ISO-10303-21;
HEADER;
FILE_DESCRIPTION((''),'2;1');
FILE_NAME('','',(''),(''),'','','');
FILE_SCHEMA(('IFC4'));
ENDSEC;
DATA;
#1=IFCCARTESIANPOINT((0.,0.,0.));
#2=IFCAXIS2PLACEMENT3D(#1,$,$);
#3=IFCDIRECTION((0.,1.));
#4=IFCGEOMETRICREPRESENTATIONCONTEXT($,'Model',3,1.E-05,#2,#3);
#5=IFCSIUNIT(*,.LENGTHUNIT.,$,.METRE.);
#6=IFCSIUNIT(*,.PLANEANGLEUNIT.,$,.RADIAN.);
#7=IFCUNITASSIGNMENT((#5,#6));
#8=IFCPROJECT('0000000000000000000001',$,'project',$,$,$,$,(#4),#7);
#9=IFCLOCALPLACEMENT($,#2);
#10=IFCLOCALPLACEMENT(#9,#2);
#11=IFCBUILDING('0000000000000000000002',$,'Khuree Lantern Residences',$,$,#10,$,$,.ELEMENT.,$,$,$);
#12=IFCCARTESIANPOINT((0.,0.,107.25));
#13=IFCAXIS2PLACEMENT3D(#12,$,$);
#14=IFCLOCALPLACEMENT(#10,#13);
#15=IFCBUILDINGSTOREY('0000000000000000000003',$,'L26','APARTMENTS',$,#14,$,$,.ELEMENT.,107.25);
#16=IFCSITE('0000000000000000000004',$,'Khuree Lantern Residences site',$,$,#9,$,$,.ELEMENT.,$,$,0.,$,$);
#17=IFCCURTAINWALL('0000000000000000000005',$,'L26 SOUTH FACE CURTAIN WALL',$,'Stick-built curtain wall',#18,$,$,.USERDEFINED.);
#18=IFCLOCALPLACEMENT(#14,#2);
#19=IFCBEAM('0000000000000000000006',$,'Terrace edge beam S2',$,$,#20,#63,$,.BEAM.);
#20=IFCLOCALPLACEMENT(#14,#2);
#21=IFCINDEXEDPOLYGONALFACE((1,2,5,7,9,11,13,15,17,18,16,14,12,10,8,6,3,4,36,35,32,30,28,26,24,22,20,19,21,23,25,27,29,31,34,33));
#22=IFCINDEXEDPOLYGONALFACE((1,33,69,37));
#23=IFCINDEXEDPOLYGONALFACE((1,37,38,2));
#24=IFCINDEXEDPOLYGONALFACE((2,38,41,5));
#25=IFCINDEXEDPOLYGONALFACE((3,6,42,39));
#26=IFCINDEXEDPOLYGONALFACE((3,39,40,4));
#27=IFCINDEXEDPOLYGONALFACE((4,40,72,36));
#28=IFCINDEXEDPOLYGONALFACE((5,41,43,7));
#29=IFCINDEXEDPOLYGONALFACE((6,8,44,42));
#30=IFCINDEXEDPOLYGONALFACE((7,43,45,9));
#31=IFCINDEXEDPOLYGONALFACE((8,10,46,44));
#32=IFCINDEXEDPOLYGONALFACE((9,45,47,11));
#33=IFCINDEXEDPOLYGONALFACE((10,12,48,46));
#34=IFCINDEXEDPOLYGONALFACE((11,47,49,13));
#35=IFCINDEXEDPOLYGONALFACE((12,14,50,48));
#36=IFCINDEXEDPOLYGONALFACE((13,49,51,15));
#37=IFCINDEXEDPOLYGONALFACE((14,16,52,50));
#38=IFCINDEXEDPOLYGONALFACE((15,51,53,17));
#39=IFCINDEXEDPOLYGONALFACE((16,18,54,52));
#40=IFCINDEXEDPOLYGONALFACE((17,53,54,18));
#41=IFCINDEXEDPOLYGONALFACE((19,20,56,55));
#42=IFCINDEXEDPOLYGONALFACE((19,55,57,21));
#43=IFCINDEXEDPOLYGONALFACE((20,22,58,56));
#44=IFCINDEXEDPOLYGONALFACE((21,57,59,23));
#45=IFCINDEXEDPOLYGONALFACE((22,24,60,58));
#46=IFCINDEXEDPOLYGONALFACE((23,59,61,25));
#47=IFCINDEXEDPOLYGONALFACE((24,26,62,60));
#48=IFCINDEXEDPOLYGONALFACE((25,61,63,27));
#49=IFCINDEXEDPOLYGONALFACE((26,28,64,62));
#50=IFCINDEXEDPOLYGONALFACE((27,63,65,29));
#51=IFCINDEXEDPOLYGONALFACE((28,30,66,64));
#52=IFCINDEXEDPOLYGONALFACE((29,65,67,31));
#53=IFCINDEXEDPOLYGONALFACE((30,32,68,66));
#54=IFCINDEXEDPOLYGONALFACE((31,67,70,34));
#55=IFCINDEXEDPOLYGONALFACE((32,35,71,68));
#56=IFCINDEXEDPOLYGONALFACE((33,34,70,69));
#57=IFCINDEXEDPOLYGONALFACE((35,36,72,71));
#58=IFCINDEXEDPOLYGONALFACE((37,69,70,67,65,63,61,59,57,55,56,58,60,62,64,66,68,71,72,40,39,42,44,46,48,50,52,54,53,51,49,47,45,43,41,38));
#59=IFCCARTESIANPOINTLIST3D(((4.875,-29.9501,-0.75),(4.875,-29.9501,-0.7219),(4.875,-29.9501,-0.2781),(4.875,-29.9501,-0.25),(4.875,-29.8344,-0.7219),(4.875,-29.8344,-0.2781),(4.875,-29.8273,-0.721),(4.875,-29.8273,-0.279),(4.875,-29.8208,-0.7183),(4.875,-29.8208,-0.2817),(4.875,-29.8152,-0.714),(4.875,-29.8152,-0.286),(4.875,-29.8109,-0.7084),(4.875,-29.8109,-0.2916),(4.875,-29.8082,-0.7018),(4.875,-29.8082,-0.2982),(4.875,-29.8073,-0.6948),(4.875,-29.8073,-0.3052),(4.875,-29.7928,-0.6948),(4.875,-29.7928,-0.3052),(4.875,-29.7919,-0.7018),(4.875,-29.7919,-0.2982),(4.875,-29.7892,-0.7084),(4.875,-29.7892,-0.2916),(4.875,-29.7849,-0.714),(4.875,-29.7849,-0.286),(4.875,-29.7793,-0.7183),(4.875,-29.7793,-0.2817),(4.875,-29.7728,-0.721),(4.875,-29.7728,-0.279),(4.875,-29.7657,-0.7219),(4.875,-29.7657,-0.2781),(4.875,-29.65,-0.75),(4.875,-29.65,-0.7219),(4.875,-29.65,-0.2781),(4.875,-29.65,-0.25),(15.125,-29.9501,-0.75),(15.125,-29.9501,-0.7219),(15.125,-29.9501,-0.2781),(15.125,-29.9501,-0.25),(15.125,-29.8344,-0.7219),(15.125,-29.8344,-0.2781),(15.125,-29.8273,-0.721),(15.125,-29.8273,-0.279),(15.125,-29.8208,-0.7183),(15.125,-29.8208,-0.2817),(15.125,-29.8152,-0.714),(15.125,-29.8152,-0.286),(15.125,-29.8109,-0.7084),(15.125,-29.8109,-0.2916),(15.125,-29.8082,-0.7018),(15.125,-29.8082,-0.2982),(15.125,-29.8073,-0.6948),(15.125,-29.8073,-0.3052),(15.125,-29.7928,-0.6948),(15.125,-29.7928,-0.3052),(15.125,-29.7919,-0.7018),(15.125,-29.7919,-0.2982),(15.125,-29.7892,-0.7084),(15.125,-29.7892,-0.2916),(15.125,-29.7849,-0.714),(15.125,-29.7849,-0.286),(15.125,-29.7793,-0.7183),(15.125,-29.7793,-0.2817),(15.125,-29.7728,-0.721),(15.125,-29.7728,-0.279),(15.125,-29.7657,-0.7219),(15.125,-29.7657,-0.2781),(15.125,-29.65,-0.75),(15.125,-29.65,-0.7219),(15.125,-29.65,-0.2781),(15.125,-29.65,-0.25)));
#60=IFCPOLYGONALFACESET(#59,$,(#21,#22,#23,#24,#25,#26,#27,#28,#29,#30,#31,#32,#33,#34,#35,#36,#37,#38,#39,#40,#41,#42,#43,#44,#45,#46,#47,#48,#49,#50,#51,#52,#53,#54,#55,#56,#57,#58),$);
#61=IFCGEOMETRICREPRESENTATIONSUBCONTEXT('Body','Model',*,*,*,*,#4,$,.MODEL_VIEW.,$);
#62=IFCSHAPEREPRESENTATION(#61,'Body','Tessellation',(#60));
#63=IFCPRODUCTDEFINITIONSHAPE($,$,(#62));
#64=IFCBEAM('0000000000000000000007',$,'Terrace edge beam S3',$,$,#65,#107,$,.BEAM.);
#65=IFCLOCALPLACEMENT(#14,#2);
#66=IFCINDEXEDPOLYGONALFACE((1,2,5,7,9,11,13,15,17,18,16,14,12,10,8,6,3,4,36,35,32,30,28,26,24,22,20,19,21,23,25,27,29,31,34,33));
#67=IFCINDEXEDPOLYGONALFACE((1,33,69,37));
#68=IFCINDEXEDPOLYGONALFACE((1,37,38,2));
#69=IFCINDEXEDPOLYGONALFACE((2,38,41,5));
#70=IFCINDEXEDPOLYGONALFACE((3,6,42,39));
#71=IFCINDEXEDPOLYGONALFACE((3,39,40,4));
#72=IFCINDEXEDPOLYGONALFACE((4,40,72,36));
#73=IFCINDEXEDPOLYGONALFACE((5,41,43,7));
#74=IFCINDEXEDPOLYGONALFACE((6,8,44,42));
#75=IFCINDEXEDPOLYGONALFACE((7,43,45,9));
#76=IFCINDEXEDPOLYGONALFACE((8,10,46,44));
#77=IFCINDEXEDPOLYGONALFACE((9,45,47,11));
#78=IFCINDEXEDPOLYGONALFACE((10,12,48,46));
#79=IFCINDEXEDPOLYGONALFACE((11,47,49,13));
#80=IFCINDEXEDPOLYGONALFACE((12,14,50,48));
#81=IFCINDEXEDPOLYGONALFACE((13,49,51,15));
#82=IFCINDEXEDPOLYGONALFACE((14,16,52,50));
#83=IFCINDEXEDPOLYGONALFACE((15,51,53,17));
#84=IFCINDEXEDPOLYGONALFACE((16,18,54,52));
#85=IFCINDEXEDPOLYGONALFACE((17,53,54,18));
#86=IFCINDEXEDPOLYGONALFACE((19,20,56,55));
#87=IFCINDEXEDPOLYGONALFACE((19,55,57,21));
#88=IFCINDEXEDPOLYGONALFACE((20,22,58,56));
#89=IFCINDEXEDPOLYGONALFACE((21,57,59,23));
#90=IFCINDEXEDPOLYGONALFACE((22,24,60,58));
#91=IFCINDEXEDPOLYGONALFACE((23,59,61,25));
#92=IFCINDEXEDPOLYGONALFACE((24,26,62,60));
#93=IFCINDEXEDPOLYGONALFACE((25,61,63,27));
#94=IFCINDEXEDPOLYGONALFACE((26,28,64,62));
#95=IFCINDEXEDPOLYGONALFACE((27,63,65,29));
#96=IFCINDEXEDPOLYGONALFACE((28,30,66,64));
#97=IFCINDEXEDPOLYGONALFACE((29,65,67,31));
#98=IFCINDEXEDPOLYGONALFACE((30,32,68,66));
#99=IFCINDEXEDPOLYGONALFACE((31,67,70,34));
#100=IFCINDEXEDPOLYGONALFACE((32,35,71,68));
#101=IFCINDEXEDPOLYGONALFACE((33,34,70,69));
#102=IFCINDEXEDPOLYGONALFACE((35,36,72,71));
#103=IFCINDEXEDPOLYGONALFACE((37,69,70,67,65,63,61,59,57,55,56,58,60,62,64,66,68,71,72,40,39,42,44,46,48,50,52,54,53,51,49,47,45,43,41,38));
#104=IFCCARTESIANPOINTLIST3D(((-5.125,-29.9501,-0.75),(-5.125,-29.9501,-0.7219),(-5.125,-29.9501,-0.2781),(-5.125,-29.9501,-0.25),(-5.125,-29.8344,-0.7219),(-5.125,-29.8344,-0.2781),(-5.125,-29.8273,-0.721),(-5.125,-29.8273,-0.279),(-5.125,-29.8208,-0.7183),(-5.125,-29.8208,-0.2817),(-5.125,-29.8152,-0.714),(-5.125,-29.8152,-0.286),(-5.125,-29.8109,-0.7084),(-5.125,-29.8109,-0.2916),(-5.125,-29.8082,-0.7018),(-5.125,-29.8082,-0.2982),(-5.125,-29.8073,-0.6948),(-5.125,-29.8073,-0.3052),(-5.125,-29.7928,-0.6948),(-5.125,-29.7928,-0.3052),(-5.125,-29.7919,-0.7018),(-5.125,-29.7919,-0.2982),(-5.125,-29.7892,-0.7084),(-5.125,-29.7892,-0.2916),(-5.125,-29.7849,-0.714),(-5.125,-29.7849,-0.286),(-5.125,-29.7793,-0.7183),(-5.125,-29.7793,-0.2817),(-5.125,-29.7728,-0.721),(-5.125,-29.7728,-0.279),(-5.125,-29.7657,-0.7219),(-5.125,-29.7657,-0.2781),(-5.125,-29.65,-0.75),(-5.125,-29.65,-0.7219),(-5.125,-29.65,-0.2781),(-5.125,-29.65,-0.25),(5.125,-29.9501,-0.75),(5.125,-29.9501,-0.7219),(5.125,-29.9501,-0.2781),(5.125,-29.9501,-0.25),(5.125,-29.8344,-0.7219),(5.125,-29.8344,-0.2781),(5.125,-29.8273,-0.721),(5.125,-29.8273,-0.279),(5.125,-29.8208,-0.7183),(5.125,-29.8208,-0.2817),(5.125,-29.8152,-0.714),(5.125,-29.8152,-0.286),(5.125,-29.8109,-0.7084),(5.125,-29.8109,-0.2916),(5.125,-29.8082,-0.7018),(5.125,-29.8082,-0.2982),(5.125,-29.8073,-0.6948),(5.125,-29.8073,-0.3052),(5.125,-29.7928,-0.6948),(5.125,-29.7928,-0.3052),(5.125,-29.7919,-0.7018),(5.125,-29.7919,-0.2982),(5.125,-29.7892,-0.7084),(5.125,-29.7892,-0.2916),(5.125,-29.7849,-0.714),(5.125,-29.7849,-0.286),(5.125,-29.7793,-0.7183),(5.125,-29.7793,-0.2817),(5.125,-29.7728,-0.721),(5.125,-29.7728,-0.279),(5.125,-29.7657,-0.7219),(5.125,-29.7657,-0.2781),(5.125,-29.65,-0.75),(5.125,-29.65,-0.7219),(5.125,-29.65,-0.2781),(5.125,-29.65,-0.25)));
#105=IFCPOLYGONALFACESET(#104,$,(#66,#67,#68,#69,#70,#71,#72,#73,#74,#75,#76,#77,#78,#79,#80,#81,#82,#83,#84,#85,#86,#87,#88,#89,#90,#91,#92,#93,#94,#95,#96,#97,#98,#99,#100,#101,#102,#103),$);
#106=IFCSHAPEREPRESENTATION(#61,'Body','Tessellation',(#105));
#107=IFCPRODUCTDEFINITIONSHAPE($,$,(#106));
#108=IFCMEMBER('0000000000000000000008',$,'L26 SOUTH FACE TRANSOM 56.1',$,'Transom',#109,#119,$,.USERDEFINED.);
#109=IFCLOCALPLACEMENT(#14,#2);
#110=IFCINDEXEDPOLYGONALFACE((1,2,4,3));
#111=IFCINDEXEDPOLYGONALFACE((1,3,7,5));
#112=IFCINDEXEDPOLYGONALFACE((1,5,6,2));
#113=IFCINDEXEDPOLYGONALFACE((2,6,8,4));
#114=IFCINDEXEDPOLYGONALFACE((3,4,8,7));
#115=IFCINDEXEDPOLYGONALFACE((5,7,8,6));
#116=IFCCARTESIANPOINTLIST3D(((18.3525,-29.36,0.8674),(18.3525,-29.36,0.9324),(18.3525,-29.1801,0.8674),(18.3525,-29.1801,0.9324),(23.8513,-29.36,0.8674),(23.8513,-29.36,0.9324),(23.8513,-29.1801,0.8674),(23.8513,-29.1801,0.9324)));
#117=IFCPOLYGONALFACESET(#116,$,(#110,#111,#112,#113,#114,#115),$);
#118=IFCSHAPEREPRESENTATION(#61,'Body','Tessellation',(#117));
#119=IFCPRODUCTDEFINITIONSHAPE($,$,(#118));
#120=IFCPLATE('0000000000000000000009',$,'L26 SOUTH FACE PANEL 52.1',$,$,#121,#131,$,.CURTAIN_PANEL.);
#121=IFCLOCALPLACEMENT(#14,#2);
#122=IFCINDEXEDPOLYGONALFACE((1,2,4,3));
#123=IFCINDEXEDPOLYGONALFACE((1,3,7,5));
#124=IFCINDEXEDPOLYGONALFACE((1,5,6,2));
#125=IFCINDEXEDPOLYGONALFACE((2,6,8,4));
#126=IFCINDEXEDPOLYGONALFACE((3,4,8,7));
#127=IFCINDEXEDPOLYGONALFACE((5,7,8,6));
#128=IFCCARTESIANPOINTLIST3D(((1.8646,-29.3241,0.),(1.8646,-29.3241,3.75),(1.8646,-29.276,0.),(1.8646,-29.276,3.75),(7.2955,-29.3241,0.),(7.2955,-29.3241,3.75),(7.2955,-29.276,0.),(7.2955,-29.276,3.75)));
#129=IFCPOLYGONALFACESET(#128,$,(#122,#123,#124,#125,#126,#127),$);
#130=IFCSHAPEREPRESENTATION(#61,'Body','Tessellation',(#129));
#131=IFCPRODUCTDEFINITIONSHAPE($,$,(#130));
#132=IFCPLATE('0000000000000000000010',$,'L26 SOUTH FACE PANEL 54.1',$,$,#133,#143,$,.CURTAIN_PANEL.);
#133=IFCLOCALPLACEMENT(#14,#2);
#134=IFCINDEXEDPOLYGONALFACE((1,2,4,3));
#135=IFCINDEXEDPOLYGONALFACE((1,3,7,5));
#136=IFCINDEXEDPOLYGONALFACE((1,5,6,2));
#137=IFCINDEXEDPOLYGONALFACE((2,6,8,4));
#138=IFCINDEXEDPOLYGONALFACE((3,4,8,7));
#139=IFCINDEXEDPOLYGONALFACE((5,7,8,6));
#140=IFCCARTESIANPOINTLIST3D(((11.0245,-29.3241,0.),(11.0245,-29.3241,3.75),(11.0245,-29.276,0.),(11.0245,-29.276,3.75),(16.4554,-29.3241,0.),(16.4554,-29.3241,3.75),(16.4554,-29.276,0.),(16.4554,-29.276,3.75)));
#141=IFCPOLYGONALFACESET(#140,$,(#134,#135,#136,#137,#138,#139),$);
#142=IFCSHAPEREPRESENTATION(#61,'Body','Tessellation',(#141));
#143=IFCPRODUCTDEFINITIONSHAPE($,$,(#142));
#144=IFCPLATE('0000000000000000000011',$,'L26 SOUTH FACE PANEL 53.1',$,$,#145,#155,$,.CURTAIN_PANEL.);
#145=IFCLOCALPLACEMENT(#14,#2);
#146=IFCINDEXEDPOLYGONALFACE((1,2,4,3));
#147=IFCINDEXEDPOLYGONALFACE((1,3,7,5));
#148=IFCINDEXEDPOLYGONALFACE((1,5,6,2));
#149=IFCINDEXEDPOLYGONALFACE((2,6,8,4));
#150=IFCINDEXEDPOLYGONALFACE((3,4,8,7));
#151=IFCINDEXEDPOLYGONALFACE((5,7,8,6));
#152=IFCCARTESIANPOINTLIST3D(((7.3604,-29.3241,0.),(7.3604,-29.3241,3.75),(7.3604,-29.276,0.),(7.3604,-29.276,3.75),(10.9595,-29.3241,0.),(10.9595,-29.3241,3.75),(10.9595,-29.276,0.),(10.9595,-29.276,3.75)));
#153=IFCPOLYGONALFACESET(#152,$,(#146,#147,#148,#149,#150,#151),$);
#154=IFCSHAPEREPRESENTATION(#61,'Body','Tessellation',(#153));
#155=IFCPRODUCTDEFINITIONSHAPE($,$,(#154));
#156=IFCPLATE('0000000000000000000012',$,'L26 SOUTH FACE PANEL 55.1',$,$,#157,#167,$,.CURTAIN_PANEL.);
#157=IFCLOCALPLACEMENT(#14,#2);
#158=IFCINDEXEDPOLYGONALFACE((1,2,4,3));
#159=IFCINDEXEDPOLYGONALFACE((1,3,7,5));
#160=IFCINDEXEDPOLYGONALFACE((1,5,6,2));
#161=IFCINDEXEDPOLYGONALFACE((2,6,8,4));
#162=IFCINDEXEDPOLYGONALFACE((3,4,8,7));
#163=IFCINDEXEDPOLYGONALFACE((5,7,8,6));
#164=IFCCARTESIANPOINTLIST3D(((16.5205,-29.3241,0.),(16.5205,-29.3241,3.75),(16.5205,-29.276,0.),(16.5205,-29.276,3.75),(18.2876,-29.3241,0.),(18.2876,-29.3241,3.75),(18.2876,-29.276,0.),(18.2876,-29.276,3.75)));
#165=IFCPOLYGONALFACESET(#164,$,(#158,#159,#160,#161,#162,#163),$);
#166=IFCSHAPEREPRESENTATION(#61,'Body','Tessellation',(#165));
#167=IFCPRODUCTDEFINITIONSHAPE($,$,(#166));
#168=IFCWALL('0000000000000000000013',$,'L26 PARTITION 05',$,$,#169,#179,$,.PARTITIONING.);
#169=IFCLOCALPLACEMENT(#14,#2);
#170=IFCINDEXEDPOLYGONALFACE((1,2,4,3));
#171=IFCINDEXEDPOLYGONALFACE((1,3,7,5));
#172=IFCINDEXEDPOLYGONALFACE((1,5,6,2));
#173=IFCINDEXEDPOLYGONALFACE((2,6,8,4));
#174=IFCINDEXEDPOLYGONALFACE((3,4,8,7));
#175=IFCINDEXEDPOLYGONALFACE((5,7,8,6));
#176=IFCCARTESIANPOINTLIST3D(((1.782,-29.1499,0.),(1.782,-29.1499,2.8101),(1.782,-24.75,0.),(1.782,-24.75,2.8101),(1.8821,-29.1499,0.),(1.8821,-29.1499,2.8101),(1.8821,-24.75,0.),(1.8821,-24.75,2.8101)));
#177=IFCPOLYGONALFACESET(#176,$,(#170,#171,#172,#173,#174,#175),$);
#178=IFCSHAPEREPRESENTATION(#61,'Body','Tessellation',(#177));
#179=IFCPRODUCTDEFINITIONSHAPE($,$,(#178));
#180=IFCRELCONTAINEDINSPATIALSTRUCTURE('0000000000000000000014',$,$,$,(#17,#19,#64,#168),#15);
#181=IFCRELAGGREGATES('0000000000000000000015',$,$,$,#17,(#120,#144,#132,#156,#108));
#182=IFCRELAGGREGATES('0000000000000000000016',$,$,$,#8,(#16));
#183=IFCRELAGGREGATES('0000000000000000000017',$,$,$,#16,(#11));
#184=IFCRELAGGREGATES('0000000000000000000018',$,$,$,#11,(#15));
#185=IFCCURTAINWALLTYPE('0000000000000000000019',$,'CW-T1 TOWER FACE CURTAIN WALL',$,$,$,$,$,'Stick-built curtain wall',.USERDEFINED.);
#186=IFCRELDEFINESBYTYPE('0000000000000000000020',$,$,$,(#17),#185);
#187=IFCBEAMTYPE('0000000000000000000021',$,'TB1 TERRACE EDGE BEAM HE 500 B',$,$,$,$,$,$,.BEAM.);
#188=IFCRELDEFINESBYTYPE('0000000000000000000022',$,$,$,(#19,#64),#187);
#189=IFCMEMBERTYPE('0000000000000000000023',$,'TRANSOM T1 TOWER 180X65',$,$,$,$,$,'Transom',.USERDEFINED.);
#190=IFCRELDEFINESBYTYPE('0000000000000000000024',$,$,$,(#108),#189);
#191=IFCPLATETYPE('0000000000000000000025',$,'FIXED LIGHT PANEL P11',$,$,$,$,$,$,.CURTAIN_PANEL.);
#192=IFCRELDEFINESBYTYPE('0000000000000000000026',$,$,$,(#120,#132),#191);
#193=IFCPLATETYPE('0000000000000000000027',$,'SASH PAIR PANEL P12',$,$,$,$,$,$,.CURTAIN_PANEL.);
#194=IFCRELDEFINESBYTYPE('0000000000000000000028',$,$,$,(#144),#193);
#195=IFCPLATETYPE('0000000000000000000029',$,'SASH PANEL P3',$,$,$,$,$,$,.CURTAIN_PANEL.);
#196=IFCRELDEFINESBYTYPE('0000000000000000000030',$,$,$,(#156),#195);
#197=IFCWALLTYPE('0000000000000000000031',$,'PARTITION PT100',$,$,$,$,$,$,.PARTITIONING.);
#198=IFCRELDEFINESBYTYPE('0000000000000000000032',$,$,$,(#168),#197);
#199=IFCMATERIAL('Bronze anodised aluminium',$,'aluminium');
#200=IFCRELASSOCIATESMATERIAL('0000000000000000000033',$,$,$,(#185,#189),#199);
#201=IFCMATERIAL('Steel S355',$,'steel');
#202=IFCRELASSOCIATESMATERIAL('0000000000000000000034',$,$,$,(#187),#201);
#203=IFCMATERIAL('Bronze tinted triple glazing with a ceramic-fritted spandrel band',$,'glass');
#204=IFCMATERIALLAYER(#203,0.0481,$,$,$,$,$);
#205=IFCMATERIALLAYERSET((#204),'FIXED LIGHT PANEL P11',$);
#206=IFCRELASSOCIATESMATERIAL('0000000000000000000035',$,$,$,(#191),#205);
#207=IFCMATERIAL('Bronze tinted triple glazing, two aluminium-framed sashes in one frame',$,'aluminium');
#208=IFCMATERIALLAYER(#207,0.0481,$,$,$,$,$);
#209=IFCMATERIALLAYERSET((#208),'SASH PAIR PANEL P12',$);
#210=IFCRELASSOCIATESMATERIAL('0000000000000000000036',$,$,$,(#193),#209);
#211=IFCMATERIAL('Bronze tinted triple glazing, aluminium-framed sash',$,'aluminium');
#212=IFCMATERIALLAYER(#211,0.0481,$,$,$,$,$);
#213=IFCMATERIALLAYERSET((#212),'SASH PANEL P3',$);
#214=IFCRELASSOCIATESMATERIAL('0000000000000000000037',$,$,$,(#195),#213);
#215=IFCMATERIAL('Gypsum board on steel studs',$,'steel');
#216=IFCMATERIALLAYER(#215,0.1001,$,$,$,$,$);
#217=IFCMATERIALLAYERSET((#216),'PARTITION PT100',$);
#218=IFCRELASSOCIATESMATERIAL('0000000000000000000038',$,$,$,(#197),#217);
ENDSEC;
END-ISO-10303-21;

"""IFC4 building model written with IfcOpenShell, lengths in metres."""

from ifc_helpers import new_model, si_unit, direction, frame, frame_2d, origin, origin_2d, place, context, subcontext, project, spatial, rectangle, i_section, extrude, material, layer, layer_set, material_profile, profile_set, type_object, element, aggregate, save


model = new_model("IFC4")

# Units and contexts
model_context = context("Model", 3, precision=1e-05, world=origin(), true_north=direction((0.0, 1.0)))
body_context = subcontext(model_context, "Body", "Model", "MODEL_VIEW")
ifc_project = project(units=[si_unit("LENGTHUNIT", "METRE"), si_unit("PLANEANGLEUNIT", "RADIAN")], contexts=[model_context])

# Site, building, storey
site_placement = place(None, origin())
site = spatial("IfcSite", under=ifc_project, at=site_placement, Name="Khuree Lantern Residences site", CompositionType="ELEMENT", RefElevation=0.0)
building_placement = place(site_placement, origin())
building = spatial("IfcBuilding", under=site, at=building_placement, Name="Khuree Lantern Residences", CompositionType="ELEMENT")
storey_placement = place(building_placement, frame((0.0, 0.0, 107.25)))
storey = spatial("IfcBuildingStorey", under=building, at=storey_placement, Name="L26", Description="APARTMENTS", CompositionType="ELEMENT", Elevation=107.25)

# Shared definitions
ifc_material_1 = material(Name="Steel S355", Category="steel")

# Curtain wall
ifc_material_2 = material(Name="Bronze anodised aluminium", Category="aluminium")
curtain_wall_type = type_object("IfcCurtainWallType", Name="CW-T1 TOWER FACE CURTAIN WALL", ElementType="Stick-built curtain wall", PredefinedType="USERDEFINED", material=ifc_material_2)
curtain_wall_placement = place(storey_placement, origin())
curtain_wall = element("IfcCurtainWall", 1, at=curtain_wall_placement, inside=storey, type_object=curtain_wall_type, Name="L26 SOUTH FACE CURTAIN WALL", ObjectType="Stick-built curtain wall", PredefinedType="USERDEFINED")

# Beams
ifc_material_profile_1 = material_profile(ifc_material_1, i_section(OverallWidth=0.3, OverallDepth=0.5, WebThickness=0.0144, FlangeThickness=0.0281, FilletRadius=0.0271, at=origin_2d()), Name="HE 500 B")
ifc_profile_set_1 = profile_set([ifc_material_profile_1], Name="Steel S355")
beam_type_1 = type_object("IfcBeamType", Name="TB1 TERRACE EDGE BEAM HE 500 B", PredefinedType="BEAM", material=ifc_profile_set_1)
for number, where, z_axis, x_axis, name in (
    (2, (15.125, -29.8, -0.5), (-1.0, 0.0, 0.0), (0.0, -1.0, 0.0), "Terrace edge beam S2"),
    (3, (5.125, -29.8, -0.5), (-1.0, 0.0, 0.0), (0.0, -1.0, 0.0), "Terrace edge beam S3"),
):
    element("IfcBeam", number, at=place(storey_placement, frame(where, z_axis=z_axis, x_axis=x_axis)), inside=storey, type_object=beam_type_1, Name=name, PredefinedType="BEAM", context=body_context, shape_type="SweptSolid", body=[
        extrude(i_section(OverallWidth=0.3, OverallDepth=0.5, WebThickness=0.0144, FlangeThickness=0.0281, FilletRadius=0.0271, at=origin_2d()), origin(), (0.0, 0.0, 1.0), 10.25),
    ])

# Member
ifc_material_profile_2 = material_profile(ifc_material_2, rectangle(XDim=0.1799, YDim=0.0649, at=origin_2d()), Name="T1 180X65")
ifc_profile_set_2 = profile_set([ifc_material_profile_2], Name="Bronze anodised aluminium")
member_type_1 = type_object("IfcMemberType", Name="TRANSOM T1 TOWER 180X65", ElementType="Transom", PredefinedType="USERDEFINED", material=ifc_profile_set_2)
member_1_placement = place(storey_placement, frame((18.3525, -29.27, 0.8999), z_axis=(1.0, 0.0, 0.0), x_axis=(0.0, 1.0, 0.0)))
member_1 = element("IfcMember", 4, at=member_1_placement, type_object=member_type_1, Name="L26 SOUTH FACE TRANSOM 56.1", ObjectType="Transom", PredefinedType="USERDEFINED", context=body_context, shape_type="SweptSolid", body=[
    extrude(rectangle(XDim=0.1799, YDim=0.0649, at=origin_2d()), origin(), (0.0, 0.0, 1.0), 5.4988),
])

# Plates
ifc_material_3 = material(Name="Bronze tinted triple glazing with a ceramic-fritted spandrel band", Category="glass")
ifc_layer_1 = layer(ifc_material_3, 0.0481)
ifc_layer_set_1 = layer_set([ifc_layer_1], Name="FIXED LIGHT PANEL P11")
plate_type_1 = type_object("IfcPlateType", Name="FIXED LIGHT PANEL P11", PredefinedType="CURTAIN_PANEL", material=ifc_layer_set_1)
plate_1_placement = place(storey_placement, frame((4.5801, -29.3, 0.0), z_axis=(0.0, 0.0, 1.0), x_axis=(1.0, 0.0, 0.0)))
plate_1 = element("IfcPlate", 5, at=plate_1_placement, type_object=plate_type_1, Name="L26 SOUTH FACE PANEL 52.1", PredefinedType="CURTAIN_PANEL", context=body_context, shape_type="SweptSolid", body=[
    extrude(rectangle(XDim=5.4309, YDim=0.0481, at=origin_2d()), origin(), (0.0, 0.0, 1.0), 3.75),
])
plate_2_placement = place(storey_placement, frame((13.74, -29.3, 0.0), z_axis=(0.0, 0.0, 1.0), x_axis=(1.0, 0.0, 0.0)))
plate_2 = element("IfcPlate", 6, at=plate_2_placement, type_object=plate_type_1, Name="L26 SOUTH FACE PANEL 54.1", PredefinedType="CURTAIN_PANEL", context=body_context, shape_type="SweptSolid", body=[
    extrude(rectangle(XDim=5.4309, YDim=0.0481, at=origin_2d()), origin(), (0.0, 0.0, 1.0), 3.75),
])
ifc_material_4 = material(Name="Bronze tinted triple glazing, two aluminium-framed sashes in one frame", Category="aluminium")
ifc_layer_2 = layer(ifc_material_4, 0.0481)
ifc_layer_set_2 = layer_set([ifc_layer_2], Name="SASH PAIR PANEL P12")
plate_type_2 = type_object("IfcPlateType", Name="SASH PAIR PANEL P12", PredefinedType="CURTAIN_PANEL", material=ifc_layer_set_2)
plate_3_placement = place(storey_placement, frame((9.1599, -29.3, 0.0), z_axis=(0.0, 0.0, 1.0), x_axis=(1.0, 0.0, 0.0)))
plate_3 = element("IfcPlate", 7, at=plate_3_placement, type_object=plate_type_2, Name="L26 SOUTH FACE PANEL 53.1", PredefinedType="CURTAIN_PANEL", context=body_context, shape_type="SweptSolid", body=[
    extrude(rectangle(XDim=3.5991, YDim=0.0481, at=origin_2d()), origin(), (0.0, 0.0, 1.0), 3.75),
])
ifc_material_5 = material(Name="Bronze tinted triple glazing, aluminium-framed sash", Category="aluminium")
ifc_layer_3 = layer(ifc_material_5, 0.0481)
ifc_layer_set_3 = layer_set([ifc_layer_3], Name="SASH PANEL P3")
plate_type_3 = type_object("IfcPlateType", Name="SASH PANEL P3", PredefinedType="CURTAIN_PANEL", material=ifc_layer_set_3)
plate_4_placement = place(storey_placement, frame((17.4041, -29.3, 0.0), z_axis=(0.0, 0.0, 1.0), x_axis=(1.0, 0.0, 0.0)))
plate_4 = element("IfcPlate", 8, at=plate_4_placement, type_object=plate_type_3, Name="L26 SOUTH FACE PANEL 55.1", PredefinedType="CURTAIN_PANEL", context=body_context, shape_type="SweptSolid", body=[
    extrude(rectangle(XDim=1.7671, YDim=0.0481, at=origin_2d()), origin(), (0.0, 0.0, 1.0), 3.75),
])
aggregate(curtain_wall, [plate_1, plate_3, plate_2, plate_4, member_1])

# Wall
ifc_material_6 = material(Name="Gypsum board on steel studs", Category="steel")
ifc_layer_4 = layer(ifc_material_6, 0.1001)
ifc_layer_set_4 = layer_set([ifc_layer_4], Name="PARTITION PT100")
wall_type = type_object("IfcWallType", Name="PARTITION PT100", PredefinedType="PARTITIONING", material=ifc_layer_set_4)
wall_1_placement = place(storey_placement, frame((1.832, -24.75, 0.0), z_axis=(0.0, 0.0, 1.0), x_axis=(0.0, -1.0, 0.0)))
element("IfcWall", 9, at=wall_1_placement, inside=storey, type_object=wall_type, Name="L26 PARTITION 05", PredefinedType="PARTITIONING", context=body_context, shape_type="SweptSolid", body=[
    extrude(rectangle(XDim=4.3999, YDim=0.1001, at=frame_2d((2.2, 0.0))), origin(), (0.0, 0.0, 1.0), 2.8101),
])

save(model, "model.ifc")
